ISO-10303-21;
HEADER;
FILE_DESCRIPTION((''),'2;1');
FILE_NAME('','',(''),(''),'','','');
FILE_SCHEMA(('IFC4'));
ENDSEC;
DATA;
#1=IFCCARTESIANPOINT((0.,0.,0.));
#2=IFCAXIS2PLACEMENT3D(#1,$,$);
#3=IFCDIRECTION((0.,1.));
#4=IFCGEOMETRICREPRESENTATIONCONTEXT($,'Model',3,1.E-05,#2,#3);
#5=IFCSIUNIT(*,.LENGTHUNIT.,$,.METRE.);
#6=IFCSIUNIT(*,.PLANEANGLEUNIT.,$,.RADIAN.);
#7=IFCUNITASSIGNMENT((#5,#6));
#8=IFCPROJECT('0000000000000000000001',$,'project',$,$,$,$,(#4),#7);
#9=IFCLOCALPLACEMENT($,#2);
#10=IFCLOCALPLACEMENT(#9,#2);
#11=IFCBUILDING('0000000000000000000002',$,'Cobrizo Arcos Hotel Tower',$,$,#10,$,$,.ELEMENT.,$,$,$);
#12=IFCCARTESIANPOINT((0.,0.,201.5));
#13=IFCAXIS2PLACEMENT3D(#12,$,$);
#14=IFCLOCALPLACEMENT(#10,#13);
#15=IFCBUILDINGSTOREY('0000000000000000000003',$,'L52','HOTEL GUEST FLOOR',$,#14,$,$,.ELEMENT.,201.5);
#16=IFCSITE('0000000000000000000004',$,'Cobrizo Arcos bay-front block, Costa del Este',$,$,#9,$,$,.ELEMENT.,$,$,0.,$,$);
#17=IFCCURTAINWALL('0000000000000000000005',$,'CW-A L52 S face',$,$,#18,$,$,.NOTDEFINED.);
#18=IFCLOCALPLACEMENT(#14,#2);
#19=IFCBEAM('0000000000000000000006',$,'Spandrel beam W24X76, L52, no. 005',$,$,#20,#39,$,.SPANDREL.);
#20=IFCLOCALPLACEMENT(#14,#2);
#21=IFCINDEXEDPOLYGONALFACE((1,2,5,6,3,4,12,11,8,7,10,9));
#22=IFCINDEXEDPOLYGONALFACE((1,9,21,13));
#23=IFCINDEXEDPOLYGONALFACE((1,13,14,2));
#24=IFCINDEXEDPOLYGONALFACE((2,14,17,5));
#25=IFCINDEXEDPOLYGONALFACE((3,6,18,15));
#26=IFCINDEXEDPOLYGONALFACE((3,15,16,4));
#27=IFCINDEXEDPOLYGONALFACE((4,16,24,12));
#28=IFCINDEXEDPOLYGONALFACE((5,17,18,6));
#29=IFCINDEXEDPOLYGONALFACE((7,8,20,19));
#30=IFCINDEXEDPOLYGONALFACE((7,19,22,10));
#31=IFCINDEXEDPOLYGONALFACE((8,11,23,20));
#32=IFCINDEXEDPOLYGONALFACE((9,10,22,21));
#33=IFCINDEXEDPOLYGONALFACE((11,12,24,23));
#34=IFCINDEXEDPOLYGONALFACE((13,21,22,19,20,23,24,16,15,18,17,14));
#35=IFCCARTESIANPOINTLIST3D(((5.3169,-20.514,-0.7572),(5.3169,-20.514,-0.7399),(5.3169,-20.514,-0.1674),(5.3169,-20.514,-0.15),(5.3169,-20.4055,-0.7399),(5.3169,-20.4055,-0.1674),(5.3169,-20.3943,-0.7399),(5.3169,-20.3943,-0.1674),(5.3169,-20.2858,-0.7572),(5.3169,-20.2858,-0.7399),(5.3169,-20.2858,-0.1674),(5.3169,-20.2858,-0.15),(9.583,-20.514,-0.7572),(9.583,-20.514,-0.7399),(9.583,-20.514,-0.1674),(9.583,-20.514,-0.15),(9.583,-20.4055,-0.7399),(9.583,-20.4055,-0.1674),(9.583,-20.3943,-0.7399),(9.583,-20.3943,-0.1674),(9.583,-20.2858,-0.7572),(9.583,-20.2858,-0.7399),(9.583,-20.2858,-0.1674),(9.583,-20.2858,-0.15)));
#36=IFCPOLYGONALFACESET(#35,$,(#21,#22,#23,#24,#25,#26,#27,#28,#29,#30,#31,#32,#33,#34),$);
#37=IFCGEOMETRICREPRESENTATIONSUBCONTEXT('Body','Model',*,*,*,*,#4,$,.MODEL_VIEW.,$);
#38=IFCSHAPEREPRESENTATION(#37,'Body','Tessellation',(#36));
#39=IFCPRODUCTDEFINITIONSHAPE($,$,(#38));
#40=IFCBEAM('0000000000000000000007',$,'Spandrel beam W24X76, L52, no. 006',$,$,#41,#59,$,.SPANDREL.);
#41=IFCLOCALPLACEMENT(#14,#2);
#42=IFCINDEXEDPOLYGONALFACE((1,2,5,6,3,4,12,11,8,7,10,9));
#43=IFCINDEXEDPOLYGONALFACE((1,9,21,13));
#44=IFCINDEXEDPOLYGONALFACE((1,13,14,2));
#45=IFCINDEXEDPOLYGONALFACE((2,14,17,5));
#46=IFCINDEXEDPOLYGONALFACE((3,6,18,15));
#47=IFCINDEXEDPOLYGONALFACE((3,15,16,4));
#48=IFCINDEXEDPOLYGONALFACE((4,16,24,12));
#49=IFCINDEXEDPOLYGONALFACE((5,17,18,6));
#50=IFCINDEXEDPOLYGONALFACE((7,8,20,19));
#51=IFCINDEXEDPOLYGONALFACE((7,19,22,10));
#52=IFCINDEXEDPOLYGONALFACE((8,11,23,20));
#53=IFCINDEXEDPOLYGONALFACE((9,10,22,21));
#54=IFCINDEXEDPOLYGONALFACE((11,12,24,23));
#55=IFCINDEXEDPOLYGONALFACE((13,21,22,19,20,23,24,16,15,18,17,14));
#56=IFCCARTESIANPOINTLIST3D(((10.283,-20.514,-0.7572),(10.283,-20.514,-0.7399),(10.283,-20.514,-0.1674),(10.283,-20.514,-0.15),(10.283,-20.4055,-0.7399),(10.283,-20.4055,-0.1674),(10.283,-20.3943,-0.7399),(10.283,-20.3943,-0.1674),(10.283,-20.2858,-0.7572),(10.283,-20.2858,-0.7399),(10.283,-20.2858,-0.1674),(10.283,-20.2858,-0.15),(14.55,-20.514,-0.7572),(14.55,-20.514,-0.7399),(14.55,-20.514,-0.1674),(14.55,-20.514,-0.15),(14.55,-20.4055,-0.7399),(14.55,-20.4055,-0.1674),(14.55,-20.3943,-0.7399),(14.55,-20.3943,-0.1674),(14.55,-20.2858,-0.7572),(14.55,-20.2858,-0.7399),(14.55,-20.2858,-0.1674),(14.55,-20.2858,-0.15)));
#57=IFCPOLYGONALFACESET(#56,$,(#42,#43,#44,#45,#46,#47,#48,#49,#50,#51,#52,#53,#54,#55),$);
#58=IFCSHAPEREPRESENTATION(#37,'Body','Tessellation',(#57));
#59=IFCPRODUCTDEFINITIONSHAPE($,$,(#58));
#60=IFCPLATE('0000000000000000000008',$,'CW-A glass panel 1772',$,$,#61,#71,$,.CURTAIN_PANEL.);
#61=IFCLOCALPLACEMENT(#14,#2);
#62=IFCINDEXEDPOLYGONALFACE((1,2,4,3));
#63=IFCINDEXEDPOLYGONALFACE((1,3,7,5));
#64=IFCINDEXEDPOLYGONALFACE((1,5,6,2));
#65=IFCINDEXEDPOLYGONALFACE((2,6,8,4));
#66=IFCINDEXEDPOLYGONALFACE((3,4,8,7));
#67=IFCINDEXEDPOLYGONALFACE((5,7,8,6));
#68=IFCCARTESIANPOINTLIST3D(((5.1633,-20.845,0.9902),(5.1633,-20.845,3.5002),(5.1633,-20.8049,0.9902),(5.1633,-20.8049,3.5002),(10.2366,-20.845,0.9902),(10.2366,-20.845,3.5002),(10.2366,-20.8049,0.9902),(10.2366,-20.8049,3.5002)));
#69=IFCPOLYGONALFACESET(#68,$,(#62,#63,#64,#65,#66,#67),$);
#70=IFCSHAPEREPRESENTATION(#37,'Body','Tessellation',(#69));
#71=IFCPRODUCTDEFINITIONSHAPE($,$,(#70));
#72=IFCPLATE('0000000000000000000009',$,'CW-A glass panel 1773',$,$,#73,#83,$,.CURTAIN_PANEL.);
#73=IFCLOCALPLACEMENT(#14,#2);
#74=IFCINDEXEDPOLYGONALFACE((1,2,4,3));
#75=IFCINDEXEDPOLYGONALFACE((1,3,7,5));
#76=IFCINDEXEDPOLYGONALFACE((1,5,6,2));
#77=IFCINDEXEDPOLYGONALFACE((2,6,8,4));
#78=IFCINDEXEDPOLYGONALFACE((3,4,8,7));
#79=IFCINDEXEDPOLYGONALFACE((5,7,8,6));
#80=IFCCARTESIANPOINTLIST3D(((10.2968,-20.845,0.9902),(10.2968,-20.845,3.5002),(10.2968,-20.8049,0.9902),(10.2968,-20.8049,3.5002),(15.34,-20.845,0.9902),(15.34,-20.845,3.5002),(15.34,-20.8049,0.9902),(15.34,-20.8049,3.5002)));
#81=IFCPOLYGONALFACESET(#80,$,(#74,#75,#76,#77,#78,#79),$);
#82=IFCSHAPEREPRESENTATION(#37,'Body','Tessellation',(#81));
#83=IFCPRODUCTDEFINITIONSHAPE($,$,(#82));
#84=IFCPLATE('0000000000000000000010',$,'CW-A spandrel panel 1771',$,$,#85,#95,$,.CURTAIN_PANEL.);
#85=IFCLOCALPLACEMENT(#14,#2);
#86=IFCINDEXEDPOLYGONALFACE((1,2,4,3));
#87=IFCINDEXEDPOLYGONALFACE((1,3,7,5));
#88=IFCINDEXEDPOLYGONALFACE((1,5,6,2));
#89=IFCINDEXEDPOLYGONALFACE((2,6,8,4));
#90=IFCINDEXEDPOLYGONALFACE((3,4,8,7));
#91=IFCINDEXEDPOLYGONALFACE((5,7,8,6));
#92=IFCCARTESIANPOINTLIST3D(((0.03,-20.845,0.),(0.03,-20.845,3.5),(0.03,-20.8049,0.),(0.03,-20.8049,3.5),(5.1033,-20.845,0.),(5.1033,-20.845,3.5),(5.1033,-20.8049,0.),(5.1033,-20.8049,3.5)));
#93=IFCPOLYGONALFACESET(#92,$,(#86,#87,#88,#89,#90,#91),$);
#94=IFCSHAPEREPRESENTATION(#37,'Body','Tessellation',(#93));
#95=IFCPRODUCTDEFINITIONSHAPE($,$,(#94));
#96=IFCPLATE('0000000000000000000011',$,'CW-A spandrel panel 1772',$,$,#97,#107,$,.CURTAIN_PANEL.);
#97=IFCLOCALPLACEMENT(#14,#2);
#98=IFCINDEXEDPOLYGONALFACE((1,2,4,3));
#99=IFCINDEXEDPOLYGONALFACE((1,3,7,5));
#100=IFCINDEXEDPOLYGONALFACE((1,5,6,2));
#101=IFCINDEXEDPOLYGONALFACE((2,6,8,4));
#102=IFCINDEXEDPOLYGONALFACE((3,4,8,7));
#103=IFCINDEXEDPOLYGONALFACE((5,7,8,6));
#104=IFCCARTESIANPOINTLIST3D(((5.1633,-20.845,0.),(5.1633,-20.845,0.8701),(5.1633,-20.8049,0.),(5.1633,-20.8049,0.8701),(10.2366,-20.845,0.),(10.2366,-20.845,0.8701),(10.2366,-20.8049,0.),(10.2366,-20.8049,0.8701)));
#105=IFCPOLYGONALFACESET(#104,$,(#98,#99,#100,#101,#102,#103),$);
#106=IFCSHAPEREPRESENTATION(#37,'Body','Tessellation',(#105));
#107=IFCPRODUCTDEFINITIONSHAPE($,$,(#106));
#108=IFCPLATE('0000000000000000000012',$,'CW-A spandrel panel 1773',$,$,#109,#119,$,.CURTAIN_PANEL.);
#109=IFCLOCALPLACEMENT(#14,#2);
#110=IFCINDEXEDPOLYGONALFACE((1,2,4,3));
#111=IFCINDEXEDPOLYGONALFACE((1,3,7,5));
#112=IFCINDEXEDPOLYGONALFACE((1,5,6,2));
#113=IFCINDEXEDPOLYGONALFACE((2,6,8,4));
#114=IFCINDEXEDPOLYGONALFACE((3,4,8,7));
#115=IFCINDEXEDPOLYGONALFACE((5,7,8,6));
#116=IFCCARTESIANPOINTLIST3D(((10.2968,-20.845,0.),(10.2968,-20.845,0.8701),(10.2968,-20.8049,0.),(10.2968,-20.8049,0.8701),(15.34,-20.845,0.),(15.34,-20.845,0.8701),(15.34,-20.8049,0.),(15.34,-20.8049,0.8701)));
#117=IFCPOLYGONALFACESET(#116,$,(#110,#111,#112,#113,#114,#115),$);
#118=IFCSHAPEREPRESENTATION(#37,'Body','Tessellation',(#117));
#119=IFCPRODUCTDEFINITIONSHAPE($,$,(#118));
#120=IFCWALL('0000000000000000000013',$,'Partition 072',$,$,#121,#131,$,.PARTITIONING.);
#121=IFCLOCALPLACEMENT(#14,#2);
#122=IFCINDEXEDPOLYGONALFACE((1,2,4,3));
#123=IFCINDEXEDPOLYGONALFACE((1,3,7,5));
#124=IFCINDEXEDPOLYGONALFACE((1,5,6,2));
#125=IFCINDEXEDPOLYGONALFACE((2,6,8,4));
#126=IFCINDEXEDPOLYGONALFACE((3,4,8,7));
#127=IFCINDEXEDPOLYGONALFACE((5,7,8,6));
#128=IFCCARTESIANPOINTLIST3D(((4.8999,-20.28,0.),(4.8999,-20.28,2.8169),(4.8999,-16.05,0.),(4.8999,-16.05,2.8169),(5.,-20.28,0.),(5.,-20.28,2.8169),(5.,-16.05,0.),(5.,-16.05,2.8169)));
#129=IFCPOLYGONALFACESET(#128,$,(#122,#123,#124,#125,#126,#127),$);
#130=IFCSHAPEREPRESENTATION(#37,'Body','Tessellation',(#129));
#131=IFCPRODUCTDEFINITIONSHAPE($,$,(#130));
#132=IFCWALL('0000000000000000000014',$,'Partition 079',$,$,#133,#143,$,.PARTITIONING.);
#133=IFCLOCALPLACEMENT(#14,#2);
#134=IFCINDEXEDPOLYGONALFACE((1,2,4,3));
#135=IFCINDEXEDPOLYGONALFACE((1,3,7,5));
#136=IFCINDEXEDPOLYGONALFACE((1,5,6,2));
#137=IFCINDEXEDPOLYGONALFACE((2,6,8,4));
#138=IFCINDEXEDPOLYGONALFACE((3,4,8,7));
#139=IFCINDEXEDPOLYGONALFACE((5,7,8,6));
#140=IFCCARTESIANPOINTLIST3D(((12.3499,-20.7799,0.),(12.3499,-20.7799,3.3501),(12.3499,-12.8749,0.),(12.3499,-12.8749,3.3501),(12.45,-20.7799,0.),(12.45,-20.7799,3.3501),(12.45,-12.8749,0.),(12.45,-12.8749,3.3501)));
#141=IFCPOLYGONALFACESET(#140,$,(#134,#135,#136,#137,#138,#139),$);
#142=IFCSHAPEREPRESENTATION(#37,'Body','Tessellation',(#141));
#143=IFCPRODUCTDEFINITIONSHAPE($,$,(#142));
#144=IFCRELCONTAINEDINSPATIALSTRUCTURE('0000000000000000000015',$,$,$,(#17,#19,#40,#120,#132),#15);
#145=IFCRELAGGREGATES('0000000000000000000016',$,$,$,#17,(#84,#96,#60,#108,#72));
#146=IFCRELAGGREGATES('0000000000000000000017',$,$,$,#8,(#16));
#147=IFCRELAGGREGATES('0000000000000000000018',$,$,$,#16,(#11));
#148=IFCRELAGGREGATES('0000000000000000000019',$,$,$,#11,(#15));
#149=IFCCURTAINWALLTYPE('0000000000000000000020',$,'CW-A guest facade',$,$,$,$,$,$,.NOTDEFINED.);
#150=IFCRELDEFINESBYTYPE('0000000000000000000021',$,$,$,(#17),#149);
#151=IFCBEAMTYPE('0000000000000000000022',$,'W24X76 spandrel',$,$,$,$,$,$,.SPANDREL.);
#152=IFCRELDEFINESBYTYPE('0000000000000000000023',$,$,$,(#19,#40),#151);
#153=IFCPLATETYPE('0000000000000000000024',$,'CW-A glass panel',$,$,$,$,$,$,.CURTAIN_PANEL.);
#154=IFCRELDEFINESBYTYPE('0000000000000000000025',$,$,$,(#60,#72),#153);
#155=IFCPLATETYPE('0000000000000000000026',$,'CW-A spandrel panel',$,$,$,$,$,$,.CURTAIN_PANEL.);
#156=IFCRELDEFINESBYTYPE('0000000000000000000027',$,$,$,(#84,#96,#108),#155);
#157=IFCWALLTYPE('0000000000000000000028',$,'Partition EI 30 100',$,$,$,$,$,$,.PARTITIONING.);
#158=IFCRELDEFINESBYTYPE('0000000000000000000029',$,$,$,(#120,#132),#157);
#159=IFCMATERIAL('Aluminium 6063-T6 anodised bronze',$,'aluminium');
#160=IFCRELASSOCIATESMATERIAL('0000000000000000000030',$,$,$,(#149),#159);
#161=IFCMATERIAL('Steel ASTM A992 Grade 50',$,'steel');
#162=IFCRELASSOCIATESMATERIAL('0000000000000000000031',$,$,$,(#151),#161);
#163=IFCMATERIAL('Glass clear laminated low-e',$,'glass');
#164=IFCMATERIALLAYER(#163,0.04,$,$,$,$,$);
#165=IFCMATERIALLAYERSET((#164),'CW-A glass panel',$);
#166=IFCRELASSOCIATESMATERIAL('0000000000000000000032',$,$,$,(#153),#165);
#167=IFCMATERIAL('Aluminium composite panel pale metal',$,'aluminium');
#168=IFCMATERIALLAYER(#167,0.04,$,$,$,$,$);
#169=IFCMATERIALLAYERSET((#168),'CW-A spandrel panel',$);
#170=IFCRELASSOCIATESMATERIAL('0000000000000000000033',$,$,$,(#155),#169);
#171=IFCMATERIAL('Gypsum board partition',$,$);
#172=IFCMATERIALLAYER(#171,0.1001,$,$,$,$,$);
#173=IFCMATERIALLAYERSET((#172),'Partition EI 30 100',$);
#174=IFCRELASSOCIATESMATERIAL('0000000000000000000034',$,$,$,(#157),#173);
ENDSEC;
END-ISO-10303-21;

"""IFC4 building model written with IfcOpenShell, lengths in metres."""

from ifc_helpers import new_model, si_unit, direction, frame, frame_2d, origin, origin_2d, place, context, subcontext, project, spatial, rectangle, i_section, extrude, material, layer, layer_set, material_profile, profile_set, type_object, element, aggregate, save


model = new_model("IFC4")

# Units and contexts
model_context = context("Model", 3, precision=1e-05, world=origin(), true_north=direction((0.0, 1.0)))
body_context = subcontext(model_context, "Body", "Model", "MODEL_VIEW")
ifc_project = project(units=[si_unit("LENGTHUNIT", "METRE"), si_unit("PLANEANGLEUNIT", "RADIAN")], contexts=[model_context])

# Site, building, storey
site_placement = place(None, origin())
site = spatial("IfcSite", under=ifc_project, at=site_placement, Name="Cobrizo Arcos bay-front block, Costa del Este", CompositionType="ELEMENT", RefElevation=0.0)
building_placement = place(site_placement, origin())
building = spatial("IfcBuilding", under=site, at=building_placement, Name="Cobrizo Arcos Hotel Tower", CompositionType="ELEMENT")
storey_placement = place(building_placement, frame((0.0, 0.0, 201.5)))
storey = spatial("IfcBuildingStorey", under=building, at=storey_placement, Name="L52", Description="HOTEL GUEST FLOOR", CompositionType="ELEMENT", Elevation=201.5)

# Curtain wall
ifc_material_1 = material(Name="Aluminium 6063-T6 anodised bronze", Category="aluminium")
curtain_wall_type = type_object("IfcCurtainWallType", Name="CW-A guest facade", PredefinedType="NOTDEFINED", material=ifc_material_1)
curtain_wall_placement = place(storey_placement, origin())
curtain_wall = element("IfcCurtainWall", 1, at=curtain_wall_placement, inside=storey, type_object=curtain_wall_type, Name="CW-A L52 S face", PredefinedType="NOTDEFINED")

# Beams
ifc_material_2 = material(Name="Steel ASTM A992 Grade 50", Category="steel")
ifc_material_profile_1 = material_profile(ifc_material_2, i_section(OverallWidth=0.2283, OverallDepth=0.6072, WebThickness=0.0112, FlangeThickness=0.0173, at=origin_2d()), Name="W24X76")
ifc_profile_set_1 = profile_set([ifc_material_profile_1], Name="Steel ASTM A992 Grade 50")
beam_type_1 = type_object("IfcBeamType", Name="W24X76 spandrel", PredefinedType="SPANDREL", material=ifc_profile_set_1)
beam_1_placement = place(storey_placement, frame((5.3169, -20.3999, -0.4536), z_axis=(1.0, 0.0, 0.0), x_axis=(0.0, 1.0, 0.0)))
element("IfcBeam", 2, at=beam_1_placement, inside=storey, type_object=beam_type_1, Name="Spandrel beam W24X76, L52, no. 005", PredefinedType="SPANDREL", context=body_context, shape_type="SweptSolid", body=[
    extrude(i_section(OverallWidth=0.2283, OverallDepth=0.6072, WebThickness=0.0112, FlangeThickness=0.0173, at=origin_2d()), origin(), (0.0, 0.0, 1.0), 4.2661),
])
beam_2_placement = place(storey_placement, frame((10.283, -20.3999, -0.4536), z_axis=(1.0, 0.0, 0.0), x_axis=(0.0, 1.0, 0.0)))
element("IfcBeam", 3, at=beam_2_placement, inside=storey, type_object=beam_type_1, Name="Spandrel beam W24X76, L52, no. 006", PredefinedType="SPANDREL", context=body_context, shape_type="SweptSolid", body=[
    extrude(i_section(OverallWidth=0.2283, OverallDepth=0.6072, WebThickness=0.0112, FlangeThickness=0.0173, at=origin_2d()), origin(), (0.0, 0.0, 1.0), 4.2671),
])

# Plates
ifc_material_3 = material(Name="Glass clear laminated low-e", Category="glass")
ifc_layer_1 = layer(ifc_material_3, 0.04)
ifc_layer_set_1 = layer_set([ifc_layer_1], Name="CW-A glass panel")
plate_type_1 = type_object("IfcPlateType", Name="CW-A glass panel", PredefinedType="CURTAIN_PANEL", material=ifc_layer_set_1)
plate_1_placement = place(storey_placement, frame((7.7, -20.825, 0.9902), z_axis=(0.0, 0.0, 1.0), x_axis=(1.0, 0.0, 0.0)))
plate_1 = element("IfcPlate", 4, at=plate_1_placement, type_object=plate_type_1, Name="CW-A glass panel 1772", PredefinedType="CURTAIN_PANEL", context=body_context, shape_type="SweptSolid", body=[
    extrude(rectangle(XDim=5.0732, YDim=0.04, at=origin_2d()), origin(), (0.0, 0.0, 1.0), 2.51),
])
plate_2_placement = place(storey_placement, frame((12.8184, -20.825, 0.9902), z_axis=(0.0, 0.0, 1.0), x_axis=(1.0, 0.0, 0.0)))
plate_2 = element("IfcPlate", 5, at=plate_2_placement, type_object=plate_type_1, Name="CW-A glass panel 1773", PredefinedType="CURTAIN_PANEL", context=body_context, shape_type="SweptSolid", body=[
    extrude(rectangle(XDim=5.0432, YDim=0.04, at=origin_2d()), origin(), (0.0, 0.0, 1.0), 2.51),
])
ifc_material_4 = material(Name="Aluminium composite panel pale metal", Category="aluminium")
ifc_layer_2 = layer(ifc_material_4, 0.04)
ifc_layer_set_2 = layer_set([ifc_layer_2], Name="CW-A spandrel panel")
plate_type_2 = type_object("IfcPlateType", Name="CW-A spandrel panel", PredefinedType="CURTAIN_PANEL", material=ifc_layer_set_2)
plate_3_placement = place(storey_placement, frame((2.5667, -20.825, 0.0), z_axis=(0.0, 0.0, 1.0), x_axis=(1.0, 0.0, 0.0)))
plate_3 = element("IfcPlate", 6, at=plate_3_placement, type_object=plate_type_2, Name="CW-A spandrel panel 1771", PredefinedType="CURTAIN_PANEL", context=body_context, shape_type="SweptSolid", body=[
    extrude(rectangle(XDim=5.0732, YDim=0.04, at=origin_2d()), origin(), (0.0, 0.0, 1.0), 3.5),
])
plate_4_placement = place(storey_placement, frame((7.7, -20.825, 0.0), z_axis=(0.0, 0.0, 1.0), x_axis=(1.0, 0.0, 0.0)))
plate_4 = element("IfcPlate", 7, at=plate_4_placement, type_object=plate_type_2, Name="CW-A spandrel panel 1772", PredefinedType="CURTAIN_PANEL", context=body_context, shape_type="SweptSolid", body=[
    extrude(rectangle(XDim=5.0732, YDim=0.04, at=origin_2d()), origin(), (0.0, 0.0, 1.0), 0.8701),
])
plate_5_placement = place(storey_placement, frame((12.8184, -20.825, 0.0), z_axis=(0.0, 0.0, 1.0), x_axis=(1.0, 0.0, 0.0)))
plate_5 = element("IfcPlate", 8, at=plate_5_placement, type_object=plate_type_2, Name="CW-A spandrel panel 1773", PredefinedType="CURTAIN_PANEL", context=body_context, shape_type="SweptSolid", body=[
    extrude(rectangle(XDim=5.0432, YDim=0.04, at=origin_2d()), origin(), (0.0, 0.0, 1.0), 0.8701),
])
aggregate(curtain_wall, [plate_3, plate_4, plate_1, plate_5, plate_2])

# Walls
ifc_material_5 = material(Name="Gypsum board partition")
ifc_layer_3 = layer(ifc_material_5, 0.1001)
ifc_layer_set_3 = layer_set([ifc_layer_3], Name="Partition EI 30 100")
wall_type = type_object("IfcWallType", Name="Partition EI 30 100", PredefinedType="PARTITIONING", material=ifc_layer_set_3)
wall_1_placement = place(storey_placement, frame((4.95, -20.28, 0.0), z_axis=(0.0, 0.0, 1.0), x_axis=(0.0, 1.0, 0.0)))
element("IfcWall", 9, at=wall_1_placement, inside=storey, type_object=wall_type, Name="Partition 072", PredefinedType="PARTITIONING", context=body_context, shape_type="SweptSolid", body=[
    extrude(rectangle(XDim=4.23, YDim=0.1001, at=frame_2d((2.115, 0.0))), origin(), (0.0, 0.0, 1.0), 2.8169),
])
wall_2_placement = place(storey_placement, frame((12.3999, -20.78, 0.0), z_axis=(0.0, 0.0, 1.0), x_axis=(0.0, 1.0, 0.0)))
element("IfcWall", 10, at=wall_2_placement, inside=storey, type_object=wall_type, Name="Partition 079", PredefinedType="PARTITIONING", context=body_context, shape_type="SweptSolid", body=[
    extrude(rectangle(XDim=7.905, YDim=0.1001, at=frame_2d((3.9526, 0.0))), origin(), (0.0, 0.0, 1.0), 3.3501),
])

save(model, "model.ifc")
